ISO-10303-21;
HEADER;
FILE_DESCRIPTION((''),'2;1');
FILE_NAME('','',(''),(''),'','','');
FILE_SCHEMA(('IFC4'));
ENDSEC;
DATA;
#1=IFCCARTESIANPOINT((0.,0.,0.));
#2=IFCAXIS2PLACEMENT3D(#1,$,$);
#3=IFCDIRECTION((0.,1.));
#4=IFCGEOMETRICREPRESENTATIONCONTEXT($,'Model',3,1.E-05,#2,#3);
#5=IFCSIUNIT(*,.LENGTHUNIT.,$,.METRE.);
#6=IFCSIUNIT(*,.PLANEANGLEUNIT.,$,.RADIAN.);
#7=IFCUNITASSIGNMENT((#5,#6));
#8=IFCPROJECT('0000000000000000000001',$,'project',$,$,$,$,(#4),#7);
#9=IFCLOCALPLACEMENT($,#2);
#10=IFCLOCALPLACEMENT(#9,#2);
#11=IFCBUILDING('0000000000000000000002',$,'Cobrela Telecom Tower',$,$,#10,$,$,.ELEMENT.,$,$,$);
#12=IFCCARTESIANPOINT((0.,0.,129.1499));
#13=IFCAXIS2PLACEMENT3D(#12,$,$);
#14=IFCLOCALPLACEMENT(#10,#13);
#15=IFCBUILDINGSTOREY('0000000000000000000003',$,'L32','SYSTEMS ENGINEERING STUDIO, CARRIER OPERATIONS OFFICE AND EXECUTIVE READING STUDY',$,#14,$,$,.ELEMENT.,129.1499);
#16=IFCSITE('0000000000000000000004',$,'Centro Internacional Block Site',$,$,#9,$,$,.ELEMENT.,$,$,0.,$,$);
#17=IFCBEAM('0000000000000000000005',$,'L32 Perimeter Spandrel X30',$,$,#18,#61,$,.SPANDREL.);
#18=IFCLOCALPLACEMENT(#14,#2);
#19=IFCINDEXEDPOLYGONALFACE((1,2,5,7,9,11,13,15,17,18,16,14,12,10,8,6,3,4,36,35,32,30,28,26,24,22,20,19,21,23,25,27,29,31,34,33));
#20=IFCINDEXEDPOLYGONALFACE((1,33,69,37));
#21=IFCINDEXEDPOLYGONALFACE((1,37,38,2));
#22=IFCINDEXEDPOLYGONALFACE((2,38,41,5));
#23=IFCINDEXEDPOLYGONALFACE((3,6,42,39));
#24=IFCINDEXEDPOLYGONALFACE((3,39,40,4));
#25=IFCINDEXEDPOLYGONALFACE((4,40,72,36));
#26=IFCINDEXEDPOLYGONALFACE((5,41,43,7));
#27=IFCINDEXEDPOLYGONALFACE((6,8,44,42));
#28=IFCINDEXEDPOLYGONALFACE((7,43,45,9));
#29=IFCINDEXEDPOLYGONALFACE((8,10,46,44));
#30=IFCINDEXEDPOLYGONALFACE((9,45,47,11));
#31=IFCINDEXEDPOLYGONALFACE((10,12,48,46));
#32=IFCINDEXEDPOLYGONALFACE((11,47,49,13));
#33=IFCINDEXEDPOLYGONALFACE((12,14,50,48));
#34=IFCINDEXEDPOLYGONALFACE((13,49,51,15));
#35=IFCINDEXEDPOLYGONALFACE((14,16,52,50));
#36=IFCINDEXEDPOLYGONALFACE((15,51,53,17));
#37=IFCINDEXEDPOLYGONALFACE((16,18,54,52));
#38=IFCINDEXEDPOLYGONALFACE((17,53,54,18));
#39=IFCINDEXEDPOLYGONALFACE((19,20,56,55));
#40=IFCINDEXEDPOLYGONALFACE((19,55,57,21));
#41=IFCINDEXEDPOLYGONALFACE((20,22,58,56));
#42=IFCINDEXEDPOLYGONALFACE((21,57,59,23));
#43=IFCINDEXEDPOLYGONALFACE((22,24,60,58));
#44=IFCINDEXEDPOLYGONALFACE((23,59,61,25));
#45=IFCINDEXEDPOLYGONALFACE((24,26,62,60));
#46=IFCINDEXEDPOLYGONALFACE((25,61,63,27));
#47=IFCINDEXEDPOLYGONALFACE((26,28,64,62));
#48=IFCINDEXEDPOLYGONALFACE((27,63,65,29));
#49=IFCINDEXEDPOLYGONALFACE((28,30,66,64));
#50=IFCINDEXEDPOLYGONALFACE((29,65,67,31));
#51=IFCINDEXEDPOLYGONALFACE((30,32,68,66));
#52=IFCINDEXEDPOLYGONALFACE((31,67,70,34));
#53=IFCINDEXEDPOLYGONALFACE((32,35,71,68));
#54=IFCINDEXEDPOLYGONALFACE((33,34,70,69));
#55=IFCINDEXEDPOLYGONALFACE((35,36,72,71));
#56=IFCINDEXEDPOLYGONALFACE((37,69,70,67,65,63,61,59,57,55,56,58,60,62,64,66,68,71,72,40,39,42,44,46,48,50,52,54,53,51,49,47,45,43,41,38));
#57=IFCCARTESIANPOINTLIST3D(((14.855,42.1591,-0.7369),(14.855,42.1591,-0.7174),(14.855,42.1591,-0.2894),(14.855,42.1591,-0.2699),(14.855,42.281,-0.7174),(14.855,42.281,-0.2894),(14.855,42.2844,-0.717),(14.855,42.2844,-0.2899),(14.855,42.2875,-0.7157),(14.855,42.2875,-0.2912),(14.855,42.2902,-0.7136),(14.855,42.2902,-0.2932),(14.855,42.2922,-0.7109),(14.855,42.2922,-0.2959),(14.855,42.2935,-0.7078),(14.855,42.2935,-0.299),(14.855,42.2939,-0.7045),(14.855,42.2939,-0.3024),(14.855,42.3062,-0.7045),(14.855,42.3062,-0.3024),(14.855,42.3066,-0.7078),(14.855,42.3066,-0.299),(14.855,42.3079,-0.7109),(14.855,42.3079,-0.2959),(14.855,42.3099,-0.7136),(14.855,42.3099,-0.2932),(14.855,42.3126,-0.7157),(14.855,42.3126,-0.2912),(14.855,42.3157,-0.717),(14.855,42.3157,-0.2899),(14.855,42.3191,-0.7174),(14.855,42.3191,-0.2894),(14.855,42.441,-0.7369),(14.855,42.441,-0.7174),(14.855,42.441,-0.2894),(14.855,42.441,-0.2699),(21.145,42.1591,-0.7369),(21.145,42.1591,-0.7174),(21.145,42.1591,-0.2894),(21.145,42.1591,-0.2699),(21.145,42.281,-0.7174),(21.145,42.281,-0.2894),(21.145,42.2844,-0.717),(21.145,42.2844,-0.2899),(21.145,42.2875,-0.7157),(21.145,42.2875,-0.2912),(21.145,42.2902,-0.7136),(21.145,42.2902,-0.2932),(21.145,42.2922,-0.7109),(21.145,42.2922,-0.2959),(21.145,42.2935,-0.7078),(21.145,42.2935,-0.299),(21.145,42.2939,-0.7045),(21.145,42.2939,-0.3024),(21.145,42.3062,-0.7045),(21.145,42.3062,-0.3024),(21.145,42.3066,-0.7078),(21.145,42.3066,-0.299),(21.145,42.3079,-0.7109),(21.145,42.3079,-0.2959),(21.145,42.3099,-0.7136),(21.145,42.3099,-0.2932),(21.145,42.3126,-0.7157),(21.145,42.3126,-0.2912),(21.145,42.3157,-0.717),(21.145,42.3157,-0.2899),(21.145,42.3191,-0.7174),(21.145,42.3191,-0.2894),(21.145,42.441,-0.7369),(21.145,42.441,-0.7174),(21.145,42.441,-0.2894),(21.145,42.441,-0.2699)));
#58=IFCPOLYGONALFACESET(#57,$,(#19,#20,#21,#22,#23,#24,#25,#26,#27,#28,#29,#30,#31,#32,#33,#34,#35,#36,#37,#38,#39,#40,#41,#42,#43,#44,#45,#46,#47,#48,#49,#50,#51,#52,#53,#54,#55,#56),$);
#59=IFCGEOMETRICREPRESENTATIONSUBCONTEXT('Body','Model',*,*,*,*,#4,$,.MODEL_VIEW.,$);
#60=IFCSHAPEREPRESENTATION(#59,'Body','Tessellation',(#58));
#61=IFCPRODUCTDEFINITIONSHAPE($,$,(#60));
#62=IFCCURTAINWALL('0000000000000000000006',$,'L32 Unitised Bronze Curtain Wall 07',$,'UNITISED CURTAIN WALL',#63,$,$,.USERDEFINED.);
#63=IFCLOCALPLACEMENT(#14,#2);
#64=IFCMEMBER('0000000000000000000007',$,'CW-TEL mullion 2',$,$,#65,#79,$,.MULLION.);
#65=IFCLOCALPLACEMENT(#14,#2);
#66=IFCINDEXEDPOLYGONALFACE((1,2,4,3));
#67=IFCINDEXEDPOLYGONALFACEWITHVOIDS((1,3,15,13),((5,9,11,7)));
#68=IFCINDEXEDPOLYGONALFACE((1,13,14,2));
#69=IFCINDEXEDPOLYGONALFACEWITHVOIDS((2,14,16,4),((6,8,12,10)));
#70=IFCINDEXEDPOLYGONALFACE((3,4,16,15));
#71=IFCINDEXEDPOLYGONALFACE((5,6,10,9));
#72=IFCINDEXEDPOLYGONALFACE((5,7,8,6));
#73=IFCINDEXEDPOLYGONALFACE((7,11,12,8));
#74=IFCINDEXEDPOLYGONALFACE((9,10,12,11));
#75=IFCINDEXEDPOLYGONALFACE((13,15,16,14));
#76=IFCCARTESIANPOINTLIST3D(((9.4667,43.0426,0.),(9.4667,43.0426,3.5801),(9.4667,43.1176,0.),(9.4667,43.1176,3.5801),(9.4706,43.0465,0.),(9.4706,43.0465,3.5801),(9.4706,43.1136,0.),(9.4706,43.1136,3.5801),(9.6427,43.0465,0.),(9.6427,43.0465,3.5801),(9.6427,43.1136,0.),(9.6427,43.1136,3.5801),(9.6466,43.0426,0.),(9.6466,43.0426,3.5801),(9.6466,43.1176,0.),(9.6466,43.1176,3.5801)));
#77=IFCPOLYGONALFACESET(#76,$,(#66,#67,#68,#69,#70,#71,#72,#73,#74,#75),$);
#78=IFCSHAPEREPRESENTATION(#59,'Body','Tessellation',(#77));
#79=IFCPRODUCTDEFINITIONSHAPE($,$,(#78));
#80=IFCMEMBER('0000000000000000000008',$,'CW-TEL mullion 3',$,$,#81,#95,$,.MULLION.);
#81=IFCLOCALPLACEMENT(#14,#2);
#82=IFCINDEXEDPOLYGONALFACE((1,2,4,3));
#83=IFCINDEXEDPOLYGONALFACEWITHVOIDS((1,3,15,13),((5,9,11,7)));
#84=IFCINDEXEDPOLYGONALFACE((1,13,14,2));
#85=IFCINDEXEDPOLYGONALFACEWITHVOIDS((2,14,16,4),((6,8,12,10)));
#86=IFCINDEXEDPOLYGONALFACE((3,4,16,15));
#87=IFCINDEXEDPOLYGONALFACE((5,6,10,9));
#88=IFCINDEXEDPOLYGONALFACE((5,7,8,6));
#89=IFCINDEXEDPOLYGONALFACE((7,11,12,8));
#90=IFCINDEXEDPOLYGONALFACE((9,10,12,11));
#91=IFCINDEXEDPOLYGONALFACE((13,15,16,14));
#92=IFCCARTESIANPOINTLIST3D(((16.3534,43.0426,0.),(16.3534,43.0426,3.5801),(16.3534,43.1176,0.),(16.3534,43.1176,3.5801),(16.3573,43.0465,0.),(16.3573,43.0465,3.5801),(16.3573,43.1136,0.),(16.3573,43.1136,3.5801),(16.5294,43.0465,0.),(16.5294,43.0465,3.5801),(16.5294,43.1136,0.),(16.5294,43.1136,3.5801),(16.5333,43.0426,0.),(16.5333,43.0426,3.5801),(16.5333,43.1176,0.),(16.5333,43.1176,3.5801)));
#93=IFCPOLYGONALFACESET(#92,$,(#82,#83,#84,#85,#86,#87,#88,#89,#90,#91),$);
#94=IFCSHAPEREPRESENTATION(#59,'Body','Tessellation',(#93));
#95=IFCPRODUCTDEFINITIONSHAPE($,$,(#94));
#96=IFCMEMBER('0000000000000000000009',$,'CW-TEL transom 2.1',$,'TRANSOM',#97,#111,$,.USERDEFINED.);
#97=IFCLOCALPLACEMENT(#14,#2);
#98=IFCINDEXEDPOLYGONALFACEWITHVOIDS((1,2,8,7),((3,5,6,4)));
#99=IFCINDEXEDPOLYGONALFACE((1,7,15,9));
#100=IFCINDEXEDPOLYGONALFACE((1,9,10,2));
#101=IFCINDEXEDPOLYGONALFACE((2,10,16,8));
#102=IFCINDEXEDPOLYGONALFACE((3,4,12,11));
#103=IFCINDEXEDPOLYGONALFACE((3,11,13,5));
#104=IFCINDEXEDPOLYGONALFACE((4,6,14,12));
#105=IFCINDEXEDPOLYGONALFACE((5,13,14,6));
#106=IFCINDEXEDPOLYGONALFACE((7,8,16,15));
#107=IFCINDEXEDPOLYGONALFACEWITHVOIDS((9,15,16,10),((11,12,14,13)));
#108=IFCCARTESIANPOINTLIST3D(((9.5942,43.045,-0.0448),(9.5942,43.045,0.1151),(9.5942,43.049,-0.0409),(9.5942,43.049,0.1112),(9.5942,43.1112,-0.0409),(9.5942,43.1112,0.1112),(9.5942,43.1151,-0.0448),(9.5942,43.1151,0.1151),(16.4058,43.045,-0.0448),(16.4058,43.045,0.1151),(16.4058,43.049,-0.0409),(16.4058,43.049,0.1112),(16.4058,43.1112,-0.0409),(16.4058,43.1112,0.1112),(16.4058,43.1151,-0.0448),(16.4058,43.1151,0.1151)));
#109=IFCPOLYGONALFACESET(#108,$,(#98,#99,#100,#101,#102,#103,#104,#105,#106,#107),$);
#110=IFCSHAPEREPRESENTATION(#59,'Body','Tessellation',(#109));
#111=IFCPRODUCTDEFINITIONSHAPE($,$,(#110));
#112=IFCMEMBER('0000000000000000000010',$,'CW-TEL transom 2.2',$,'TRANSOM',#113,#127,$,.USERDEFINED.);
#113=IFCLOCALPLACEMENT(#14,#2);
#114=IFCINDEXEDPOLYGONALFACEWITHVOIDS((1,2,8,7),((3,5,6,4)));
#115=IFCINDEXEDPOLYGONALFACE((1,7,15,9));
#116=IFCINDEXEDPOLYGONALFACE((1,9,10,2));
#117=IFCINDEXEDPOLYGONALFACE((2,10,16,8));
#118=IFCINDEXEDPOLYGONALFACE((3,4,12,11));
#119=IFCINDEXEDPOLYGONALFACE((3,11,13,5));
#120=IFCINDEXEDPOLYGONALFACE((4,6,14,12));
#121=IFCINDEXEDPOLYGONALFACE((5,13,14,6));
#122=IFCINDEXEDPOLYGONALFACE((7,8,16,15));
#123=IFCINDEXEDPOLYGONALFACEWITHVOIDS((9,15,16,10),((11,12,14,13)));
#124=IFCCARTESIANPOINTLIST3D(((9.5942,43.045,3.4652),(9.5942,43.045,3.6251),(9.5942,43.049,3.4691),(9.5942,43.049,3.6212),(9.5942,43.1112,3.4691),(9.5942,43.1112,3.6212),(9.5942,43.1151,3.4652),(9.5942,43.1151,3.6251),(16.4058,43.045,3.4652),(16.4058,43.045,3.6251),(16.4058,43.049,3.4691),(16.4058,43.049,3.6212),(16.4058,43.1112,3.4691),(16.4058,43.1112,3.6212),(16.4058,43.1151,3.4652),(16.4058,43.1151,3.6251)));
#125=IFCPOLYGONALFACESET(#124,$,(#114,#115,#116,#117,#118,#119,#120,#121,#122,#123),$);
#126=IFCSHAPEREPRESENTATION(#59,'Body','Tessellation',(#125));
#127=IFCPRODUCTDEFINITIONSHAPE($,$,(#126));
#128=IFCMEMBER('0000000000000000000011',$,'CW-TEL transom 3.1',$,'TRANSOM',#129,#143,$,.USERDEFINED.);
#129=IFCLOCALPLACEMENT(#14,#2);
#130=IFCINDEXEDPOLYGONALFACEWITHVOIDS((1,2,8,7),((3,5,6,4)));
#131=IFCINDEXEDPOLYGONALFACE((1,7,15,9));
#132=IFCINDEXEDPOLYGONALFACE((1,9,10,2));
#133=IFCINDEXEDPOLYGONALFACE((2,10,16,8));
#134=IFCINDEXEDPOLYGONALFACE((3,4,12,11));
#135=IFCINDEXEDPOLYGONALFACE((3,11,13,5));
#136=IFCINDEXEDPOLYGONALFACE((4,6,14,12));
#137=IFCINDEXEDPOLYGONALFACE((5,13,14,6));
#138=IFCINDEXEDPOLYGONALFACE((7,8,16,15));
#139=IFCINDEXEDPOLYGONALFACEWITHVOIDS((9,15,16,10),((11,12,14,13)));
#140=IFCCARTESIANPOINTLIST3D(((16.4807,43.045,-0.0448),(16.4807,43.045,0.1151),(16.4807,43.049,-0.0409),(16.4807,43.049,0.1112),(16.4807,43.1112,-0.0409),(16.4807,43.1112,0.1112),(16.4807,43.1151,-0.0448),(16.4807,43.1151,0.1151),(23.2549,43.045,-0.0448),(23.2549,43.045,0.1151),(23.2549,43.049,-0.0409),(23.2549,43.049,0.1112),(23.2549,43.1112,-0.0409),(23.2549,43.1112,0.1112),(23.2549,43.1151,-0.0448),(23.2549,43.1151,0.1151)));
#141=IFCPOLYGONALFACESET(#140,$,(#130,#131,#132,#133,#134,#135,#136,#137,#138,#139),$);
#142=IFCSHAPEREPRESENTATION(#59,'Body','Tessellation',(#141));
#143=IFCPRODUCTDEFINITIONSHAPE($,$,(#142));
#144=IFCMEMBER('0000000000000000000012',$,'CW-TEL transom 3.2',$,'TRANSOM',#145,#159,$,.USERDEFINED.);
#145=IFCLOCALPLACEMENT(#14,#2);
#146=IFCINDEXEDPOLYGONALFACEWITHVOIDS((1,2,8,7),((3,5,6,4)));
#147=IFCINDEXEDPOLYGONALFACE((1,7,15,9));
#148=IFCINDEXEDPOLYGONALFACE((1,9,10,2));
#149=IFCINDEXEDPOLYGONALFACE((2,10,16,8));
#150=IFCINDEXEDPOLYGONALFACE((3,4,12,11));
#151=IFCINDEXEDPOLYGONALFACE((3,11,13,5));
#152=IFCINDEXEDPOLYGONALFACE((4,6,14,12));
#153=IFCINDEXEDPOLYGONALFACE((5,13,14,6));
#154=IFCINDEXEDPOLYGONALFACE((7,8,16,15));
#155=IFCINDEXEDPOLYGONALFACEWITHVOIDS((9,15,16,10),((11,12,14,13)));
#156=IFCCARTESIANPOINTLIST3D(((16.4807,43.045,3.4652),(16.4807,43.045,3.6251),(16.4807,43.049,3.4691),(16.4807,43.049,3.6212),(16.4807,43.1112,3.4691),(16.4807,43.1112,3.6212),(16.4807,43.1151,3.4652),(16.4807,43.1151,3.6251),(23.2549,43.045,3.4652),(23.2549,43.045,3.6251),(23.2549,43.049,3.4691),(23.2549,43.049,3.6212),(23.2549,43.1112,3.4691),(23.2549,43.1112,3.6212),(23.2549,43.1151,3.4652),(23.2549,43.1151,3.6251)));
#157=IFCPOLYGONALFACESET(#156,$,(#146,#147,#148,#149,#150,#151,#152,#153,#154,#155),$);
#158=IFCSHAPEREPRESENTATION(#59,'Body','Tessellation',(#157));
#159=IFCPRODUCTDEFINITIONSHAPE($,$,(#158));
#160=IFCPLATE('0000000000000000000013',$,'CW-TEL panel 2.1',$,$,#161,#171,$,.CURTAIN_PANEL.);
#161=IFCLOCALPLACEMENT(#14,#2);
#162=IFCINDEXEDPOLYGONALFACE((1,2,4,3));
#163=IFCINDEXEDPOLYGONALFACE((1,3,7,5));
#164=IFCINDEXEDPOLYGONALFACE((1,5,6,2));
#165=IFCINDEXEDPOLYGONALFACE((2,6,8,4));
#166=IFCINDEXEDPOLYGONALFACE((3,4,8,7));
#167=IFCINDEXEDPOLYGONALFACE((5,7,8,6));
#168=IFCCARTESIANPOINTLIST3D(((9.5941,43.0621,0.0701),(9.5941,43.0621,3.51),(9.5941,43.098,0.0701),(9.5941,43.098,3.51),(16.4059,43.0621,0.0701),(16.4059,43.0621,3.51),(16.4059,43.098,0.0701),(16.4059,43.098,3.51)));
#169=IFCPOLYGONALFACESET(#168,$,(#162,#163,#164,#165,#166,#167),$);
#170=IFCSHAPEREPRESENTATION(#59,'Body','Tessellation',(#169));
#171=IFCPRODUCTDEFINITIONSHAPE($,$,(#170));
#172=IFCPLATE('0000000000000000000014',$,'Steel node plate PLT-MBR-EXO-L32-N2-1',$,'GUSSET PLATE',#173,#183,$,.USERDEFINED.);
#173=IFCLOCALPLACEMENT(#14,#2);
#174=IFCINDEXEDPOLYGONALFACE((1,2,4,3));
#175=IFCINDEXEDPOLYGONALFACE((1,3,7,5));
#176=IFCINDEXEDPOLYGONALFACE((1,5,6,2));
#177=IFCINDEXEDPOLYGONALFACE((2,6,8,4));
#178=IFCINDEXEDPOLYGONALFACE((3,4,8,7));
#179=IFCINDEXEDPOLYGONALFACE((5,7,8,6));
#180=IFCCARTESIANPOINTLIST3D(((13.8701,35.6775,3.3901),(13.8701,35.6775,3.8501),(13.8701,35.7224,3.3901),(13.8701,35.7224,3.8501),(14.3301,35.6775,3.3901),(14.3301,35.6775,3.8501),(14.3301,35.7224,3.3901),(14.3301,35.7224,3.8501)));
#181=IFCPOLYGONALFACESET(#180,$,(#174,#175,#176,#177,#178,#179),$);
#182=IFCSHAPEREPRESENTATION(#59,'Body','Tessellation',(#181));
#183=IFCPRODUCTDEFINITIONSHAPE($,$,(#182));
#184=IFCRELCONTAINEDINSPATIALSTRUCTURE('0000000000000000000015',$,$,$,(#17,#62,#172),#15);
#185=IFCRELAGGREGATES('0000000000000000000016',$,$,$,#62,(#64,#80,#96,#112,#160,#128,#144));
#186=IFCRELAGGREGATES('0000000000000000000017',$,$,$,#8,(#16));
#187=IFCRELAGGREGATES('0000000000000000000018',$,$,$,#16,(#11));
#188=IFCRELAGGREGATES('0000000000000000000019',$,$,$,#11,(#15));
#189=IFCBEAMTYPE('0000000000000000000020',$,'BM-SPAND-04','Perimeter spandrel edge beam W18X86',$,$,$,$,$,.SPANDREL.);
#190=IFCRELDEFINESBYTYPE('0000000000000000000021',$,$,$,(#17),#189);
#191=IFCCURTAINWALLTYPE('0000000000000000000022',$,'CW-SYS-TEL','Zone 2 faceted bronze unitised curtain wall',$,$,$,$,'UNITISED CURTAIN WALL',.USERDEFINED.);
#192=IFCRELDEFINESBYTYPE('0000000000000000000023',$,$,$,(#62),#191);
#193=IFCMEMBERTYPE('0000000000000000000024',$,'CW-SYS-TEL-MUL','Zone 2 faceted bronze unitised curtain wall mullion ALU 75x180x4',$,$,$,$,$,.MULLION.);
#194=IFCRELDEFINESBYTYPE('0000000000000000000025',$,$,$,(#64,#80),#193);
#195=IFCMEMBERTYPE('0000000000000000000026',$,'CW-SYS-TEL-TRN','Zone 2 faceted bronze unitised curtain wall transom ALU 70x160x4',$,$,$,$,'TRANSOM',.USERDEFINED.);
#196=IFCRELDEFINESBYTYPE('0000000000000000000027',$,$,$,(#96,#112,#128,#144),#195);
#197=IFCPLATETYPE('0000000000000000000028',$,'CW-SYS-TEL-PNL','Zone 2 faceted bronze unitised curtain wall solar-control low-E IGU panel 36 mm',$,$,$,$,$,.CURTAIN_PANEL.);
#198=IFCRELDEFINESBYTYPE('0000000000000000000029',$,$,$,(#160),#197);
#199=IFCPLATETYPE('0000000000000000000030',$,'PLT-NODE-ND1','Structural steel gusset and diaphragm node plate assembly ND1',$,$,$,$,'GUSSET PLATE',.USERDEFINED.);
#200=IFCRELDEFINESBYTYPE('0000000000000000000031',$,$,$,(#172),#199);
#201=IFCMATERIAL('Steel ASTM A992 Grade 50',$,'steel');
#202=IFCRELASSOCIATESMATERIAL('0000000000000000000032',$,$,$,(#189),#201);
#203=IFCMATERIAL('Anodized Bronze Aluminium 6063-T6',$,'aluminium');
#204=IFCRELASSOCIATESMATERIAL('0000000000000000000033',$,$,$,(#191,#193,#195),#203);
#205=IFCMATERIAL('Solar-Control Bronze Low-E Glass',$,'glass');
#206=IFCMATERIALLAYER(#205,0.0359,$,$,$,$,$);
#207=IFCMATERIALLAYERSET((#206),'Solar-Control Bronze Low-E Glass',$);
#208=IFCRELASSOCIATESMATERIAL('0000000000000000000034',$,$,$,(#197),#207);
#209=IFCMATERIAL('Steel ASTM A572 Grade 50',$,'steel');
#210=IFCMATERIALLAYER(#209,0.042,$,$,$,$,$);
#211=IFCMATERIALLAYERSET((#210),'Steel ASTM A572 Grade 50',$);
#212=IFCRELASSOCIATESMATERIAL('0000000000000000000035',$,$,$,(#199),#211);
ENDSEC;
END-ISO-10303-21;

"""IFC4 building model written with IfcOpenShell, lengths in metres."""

from ifc_helpers import new_model, si_unit, direction, frame, origin, origin_2d, place, context, subcontext, project, spatial, rectangle, hollow_rectangle, i_section, extrude, material, layer, layer_set, material_profile, profile_set, type_object, element, aggregate, save


model = new_model("IFC4")

# Units and contexts
model_context = context("Model", 3, precision=1e-05, world=origin(), true_north=direction((0.0, 1.0)))
body_context = subcontext(model_context, "Body", "Model", "MODEL_VIEW")
ifc_project = project(units=[si_unit("LENGTHUNIT", "METRE"), si_unit("PLANEANGLEUNIT", "RADIAN")], contexts=[model_context])

# Site, building, storey
site_placement = place(None, origin())
site = spatial("IfcSite", under=ifc_project, at=site_placement, Name="Centro Internacional Block Site", CompositionType="ELEMENT", RefElevation=0.0)
building_placement = place(site_placement, origin())
building = spatial("IfcBuilding", under=site, at=building_placement, Name="Cobrela Telecom Tower", CompositionType="ELEMENT")
storey_placement = place(building_placement, frame((0.0, 0.0, 129.1499)))
storey = spatial("IfcBuildingStorey", under=building, at=storey_placement, Name="L32", Description="SYSTEMS ENGINEERING STUDIO, CARRIER OPERATIONS OFFICE AND EXECUTIVE READING STUDY", CompositionType="ELEMENT", Elevation=129.1499)

# Shared definitions
ifc_material_1 = material(Name="Steel ASTM A572 Grade 50", Category="steel")

# Beam
ifc_material_2 = material(Name="Steel ASTM A992 Grade 50", Category="steel")
ifc_material_profile_1 = material_profile(ifc_material_2, i_section(OverallWidth=0.282, OverallDepth=0.467, WebThickness=0.0122, FlangeThickness=0.0195, FilletRadius=0.0129, at=origin_2d()), Name="W18X86")
ifc_profile_set_1 = profile_set([ifc_material_profile_1], Name="Steel ASTM A992 Grade 50")
beam_type_1 = type_object("IfcBeamType", Name="BM-SPAND-04", Description="Perimeter spandrel edge beam W18X86", PredefinedType="SPANDREL", material=ifc_profile_set_1)
for number, where, z_axis, x_axis, name in (
    (1, (14.855, 42.3, -0.5034), (1.0, 0.0, 0.0), (0.0, 1.0, 0.0), "L32 Perimeter Spandrel X30"),
):
    element("IfcBeam", number, at=place(storey_placement, frame(where, z_axis=z_axis, x_axis=x_axis)), inside=storey, type_object=beam_type_1, Name=name, PredefinedType="SPANDREL", context=body_context, shape_type="SweptSolid", body=[
        extrude(i_section(OverallWidth=0.282, OverallDepth=0.467, WebThickness=0.0122, FlangeThickness=0.0195, FilletRadius=0.0129, at=origin_2d()), origin(), (0.0, 0.0, 1.0), 6.29),
    ])

# Curtain wall, members, plate
ifc_material_3 = material(Name="Anodized Bronze Aluminium 6063-T6", Category="aluminium")
curtain_wall_type = type_object("IfcCurtainWallType", Name="CW-SYS-TEL", Description="Zone 2 faceted bronze unitised curtain wall", ElementType="UNITISED CURTAIN WALL", PredefinedType="USERDEFINED", material=ifc_material_3)
curtain_wall_placement = place(storey_placement, origin())
curtain_wall = element("IfcCurtainWall", 2, at=curtain_wall_placement, inside=storey, type_object=curtain_wall_type, Name="L32 Unitised Bronze Curtain Wall 07", ObjectType="UNITISED CURTAIN WALL", PredefinedType="USERDEFINED")
ifc_material_profile_2 = material_profile(ifc_material_3, hollow_rectangle(XDim=0.075, YDim=0.1799, WallThickness=0.0039, at=origin_2d()), Name="ALU 75x180x4")
ifc_profile_set_2 = profile_set([ifc_material_profile_2], Name="Anodized Bronze Aluminium 6063-T6")
member_type_1 = type_object("IfcMemberType", Name="CW-SYS-TEL-MUL", Description="Zone 2 faceted bronze unitised curtain wall mullion ALU 75x180x4", PredefinedType="MULLION", material=ifc_profile_set_2)
member_1_placement = place(storey_placement, frame((9.5566, 43.0801, 0.0), z_axis=(0.0, 0.0, 1.0), x_axis=(0.0, 1.0, 0.0)))
member_1 = element("IfcMember", 3, at=member_1_placement, type_object=member_type_1, Name="CW-TEL mullion 2", PredefinedType="MULLION", context=body_context, shape_type="SweptSolid", body=[
    extrude(hollow_rectangle(XDim=0.075, YDim=0.1799, WallThickness=0.0039, at=origin_2d()), origin(), (0.0, 0.0, 1.0), 3.5801),
])
member_2_placement = place(storey_placement, frame((16.4434, 43.0801, 0.0), z_axis=(0.0, 0.0, 1.0), x_axis=(0.0, 1.0, 0.0)))
member_2 = element("IfcMember", 4, at=member_2_placement, type_object=member_type_1, Name="CW-TEL mullion 3", PredefinedType="MULLION", context=body_context, shape_type="SweptSolid", body=[
    extrude(hollow_rectangle(XDim=0.075, YDim=0.1799, WallThickness=0.0039, at=origin_2d()), origin(), (0.0, 0.0, 1.0), 3.5801),
])
ifc_material_profile_3 = material_profile(ifc_material_3, hollow_rectangle(XDim=0.0701, YDim=0.1599, WallThickness=0.0039, at=origin_2d()), Name="ALU 70x160x4")
ifc_profile_set_3 = profile_set([ifc_material_profile_3], Name="Anodized Bronze Aluminium 6063-T6")
member_type_2 = type_object("IfcMemberType", Name="CW-SYS-TEL-TRN", Description="Zone 2 faceted bronze unitised curtain wall transom ALU 70x160x4", ElementType="TRANSOM", PredefinedType="USERDEFINED", material=ifc_profile_set_3)
member_3_placement = place(storey_placement, frame((9.5942, 43.0801, 0.0352), z_axis=(1.0, 0.0, 0.0), x_axis=(0.0, 1.0, 0.0)))
member_3 = element("IfcMember", 5, at=member_3_placement, type_object=member_type_2, Name="CW-TEL transom 2.1", ObjectType="TRANSOM", PredefinedType="USERDEFINED", context=body_context, shape_type="SweptSolid", body=[
    extrude(hollow_rectangle(XDim=0.0701, YDim=0.1599, WallThickness=0.0039, at=origin_2d()), origin(), (0.0, 0.0, 1.0), 6.8115),
])
member_4_placement = place(storey_placement, frame((9.5942, 43.0801, 3.5452), z_axis=(1.0, 0.0, 0.0), x_axis=(0.0, 1.0, 0.0)))
member_4 = element("IfcMember", 6, at=member_4_placement, type_object=member_type_2, Name="CW-TEL transom 2.2", ObjectType="TRANSOM", PredefinedType="USERDEFINED", context=body_context, shape_type="SweptSolid", body=[
    extrude(hollow_rectangle(XDim=0.0701, YDim=0.1599, WallThickness=0.0039, at=origin_2d()), origin(), (0.0, 0.0, 1.0), 6.8115),
])
member_5_placement = place(storey_placement, frame((16.4807, 43.0801, 0.0352), z_axis=(1.0, 0.0, 0.0), x_axis=(0.0, 1.0, 0.0)))
member_5 = element("IfcMember", 7, at=member_5_placement, type_object=member_type_2, Name="CW-TEL transom 3.1", ObjectType="TRANSOM", PredefinedType="USERDEFINED", context=body_context, shape_type="SweptSolid", body=[
    extrude(hollow_rectangle(XDim=0.0701, YDim=0.1599, WallThickness=0.0039, at=origin_2d()), origin(), (0.0, 0.0, 1.0), 6.7742),
])
member_6_placement = place(storey_placement, frame((16.4807, 43.0801, 3.5452), z_axis=(1.0, 0.0, 0.0), x_axis=(0.0, 1.0, 0.0)))
member_6 = element("IfcMember", 8, at=member_6_placement, type_object=member_type_2, Name="CW-TEL transom 3.2", ObjectType="TRANSOM", PredefinedType="USERDEFINED", context=body_context, shape_type="SweptSolid", body=[
    extrude(hollow_rectangle(XDim=0.0701, YDim=0.1599, WallThickness=0.0039, at=origin_2d()), origin(), (0.0, 0.0, 1.0), 6.7742),
])
ifc_material_4 = material(Name="Solar-Control Bronze Low-E Glass", Category="glass")
ifc_layer_1 = layer(ifc_material_4, 0.0359)
ifc_layer_set_1 = layer_set([ifc_layer_1], Name="Solar-Control Bronze Low-E Glass")
plate_type_1 = type_object("IfcPlateType", Name="CW-SYS-TEL-PNL", Description="Zone 2 faceted bronze unitised curtain wall solar-control low-E IGU panel 36 mm", PredefinedType="CURTAIN_PANEL", material=ifc_layer_set_1)
plate_1_placement = place(storey_placement, frame((13.0, 43.0801, 0.0701), z_axis=(0.0, 0.0, 1.0), x_axis=(1.0, 0.0, 0.0)))
plate_1 = element("IfcPlate", 9, at=plate_1_placement, type_object=plate_type_1, Name="CW-TEL panel 2.1", PredefinedType="CURTAIN_PANEL", context=body_context, shape_type="SweptSolid", body=[
    extrude(rectangle(XDim=6.8118, YDim=0.0359, at=origin_2d()), origin(), (0.0, 0.0, 1.0), 3.4399),
])
aggregate(curtain_wall, [member_1, member_2, member_3, member_4, plate_1, member_5, member_6])

# Plate
ifc_layer_2 = layer(ifc_material_1, 0.042)
ifc_layer_set_2 = layer_set([ifc_layer_2], Name="Steel ASTM A572 Grade 50")
plate_type_2 = type_object("IfcPlateType", Name="PLT-NODE-ND1", Description="Structural steel gusset and diaphragm node plate assembly ND1", ElementType="GUSSET PLATE", PredefinedType="USERDEFINED", material=ifc_layer_set_2)
plate_2_placement = place(storey_placement, frame((14.1001, 35.7, 3.3901), z_axis=(0.0, 0.0, 1.0), x_axis=(1.0, 0.0, 0.0)))
element("IfcPlate", 10, at=plate_2_placement, inside=storey, type_object=plate_type_2, Name="Steel node plate PLT-MBR-EXO-L32-N2-1", ObjectType="GUSSET PLATE", PredefinedType="USERDEFINED", context=body_context, shape_type="SweptSolid", body=[
    extrude(rectangle(XDim=0.46, YDim=0.0449, at=origin_2d()), origin(), (0.0, 0.0, 1.0), 0.46),
])

save(model, "model.ifc")
